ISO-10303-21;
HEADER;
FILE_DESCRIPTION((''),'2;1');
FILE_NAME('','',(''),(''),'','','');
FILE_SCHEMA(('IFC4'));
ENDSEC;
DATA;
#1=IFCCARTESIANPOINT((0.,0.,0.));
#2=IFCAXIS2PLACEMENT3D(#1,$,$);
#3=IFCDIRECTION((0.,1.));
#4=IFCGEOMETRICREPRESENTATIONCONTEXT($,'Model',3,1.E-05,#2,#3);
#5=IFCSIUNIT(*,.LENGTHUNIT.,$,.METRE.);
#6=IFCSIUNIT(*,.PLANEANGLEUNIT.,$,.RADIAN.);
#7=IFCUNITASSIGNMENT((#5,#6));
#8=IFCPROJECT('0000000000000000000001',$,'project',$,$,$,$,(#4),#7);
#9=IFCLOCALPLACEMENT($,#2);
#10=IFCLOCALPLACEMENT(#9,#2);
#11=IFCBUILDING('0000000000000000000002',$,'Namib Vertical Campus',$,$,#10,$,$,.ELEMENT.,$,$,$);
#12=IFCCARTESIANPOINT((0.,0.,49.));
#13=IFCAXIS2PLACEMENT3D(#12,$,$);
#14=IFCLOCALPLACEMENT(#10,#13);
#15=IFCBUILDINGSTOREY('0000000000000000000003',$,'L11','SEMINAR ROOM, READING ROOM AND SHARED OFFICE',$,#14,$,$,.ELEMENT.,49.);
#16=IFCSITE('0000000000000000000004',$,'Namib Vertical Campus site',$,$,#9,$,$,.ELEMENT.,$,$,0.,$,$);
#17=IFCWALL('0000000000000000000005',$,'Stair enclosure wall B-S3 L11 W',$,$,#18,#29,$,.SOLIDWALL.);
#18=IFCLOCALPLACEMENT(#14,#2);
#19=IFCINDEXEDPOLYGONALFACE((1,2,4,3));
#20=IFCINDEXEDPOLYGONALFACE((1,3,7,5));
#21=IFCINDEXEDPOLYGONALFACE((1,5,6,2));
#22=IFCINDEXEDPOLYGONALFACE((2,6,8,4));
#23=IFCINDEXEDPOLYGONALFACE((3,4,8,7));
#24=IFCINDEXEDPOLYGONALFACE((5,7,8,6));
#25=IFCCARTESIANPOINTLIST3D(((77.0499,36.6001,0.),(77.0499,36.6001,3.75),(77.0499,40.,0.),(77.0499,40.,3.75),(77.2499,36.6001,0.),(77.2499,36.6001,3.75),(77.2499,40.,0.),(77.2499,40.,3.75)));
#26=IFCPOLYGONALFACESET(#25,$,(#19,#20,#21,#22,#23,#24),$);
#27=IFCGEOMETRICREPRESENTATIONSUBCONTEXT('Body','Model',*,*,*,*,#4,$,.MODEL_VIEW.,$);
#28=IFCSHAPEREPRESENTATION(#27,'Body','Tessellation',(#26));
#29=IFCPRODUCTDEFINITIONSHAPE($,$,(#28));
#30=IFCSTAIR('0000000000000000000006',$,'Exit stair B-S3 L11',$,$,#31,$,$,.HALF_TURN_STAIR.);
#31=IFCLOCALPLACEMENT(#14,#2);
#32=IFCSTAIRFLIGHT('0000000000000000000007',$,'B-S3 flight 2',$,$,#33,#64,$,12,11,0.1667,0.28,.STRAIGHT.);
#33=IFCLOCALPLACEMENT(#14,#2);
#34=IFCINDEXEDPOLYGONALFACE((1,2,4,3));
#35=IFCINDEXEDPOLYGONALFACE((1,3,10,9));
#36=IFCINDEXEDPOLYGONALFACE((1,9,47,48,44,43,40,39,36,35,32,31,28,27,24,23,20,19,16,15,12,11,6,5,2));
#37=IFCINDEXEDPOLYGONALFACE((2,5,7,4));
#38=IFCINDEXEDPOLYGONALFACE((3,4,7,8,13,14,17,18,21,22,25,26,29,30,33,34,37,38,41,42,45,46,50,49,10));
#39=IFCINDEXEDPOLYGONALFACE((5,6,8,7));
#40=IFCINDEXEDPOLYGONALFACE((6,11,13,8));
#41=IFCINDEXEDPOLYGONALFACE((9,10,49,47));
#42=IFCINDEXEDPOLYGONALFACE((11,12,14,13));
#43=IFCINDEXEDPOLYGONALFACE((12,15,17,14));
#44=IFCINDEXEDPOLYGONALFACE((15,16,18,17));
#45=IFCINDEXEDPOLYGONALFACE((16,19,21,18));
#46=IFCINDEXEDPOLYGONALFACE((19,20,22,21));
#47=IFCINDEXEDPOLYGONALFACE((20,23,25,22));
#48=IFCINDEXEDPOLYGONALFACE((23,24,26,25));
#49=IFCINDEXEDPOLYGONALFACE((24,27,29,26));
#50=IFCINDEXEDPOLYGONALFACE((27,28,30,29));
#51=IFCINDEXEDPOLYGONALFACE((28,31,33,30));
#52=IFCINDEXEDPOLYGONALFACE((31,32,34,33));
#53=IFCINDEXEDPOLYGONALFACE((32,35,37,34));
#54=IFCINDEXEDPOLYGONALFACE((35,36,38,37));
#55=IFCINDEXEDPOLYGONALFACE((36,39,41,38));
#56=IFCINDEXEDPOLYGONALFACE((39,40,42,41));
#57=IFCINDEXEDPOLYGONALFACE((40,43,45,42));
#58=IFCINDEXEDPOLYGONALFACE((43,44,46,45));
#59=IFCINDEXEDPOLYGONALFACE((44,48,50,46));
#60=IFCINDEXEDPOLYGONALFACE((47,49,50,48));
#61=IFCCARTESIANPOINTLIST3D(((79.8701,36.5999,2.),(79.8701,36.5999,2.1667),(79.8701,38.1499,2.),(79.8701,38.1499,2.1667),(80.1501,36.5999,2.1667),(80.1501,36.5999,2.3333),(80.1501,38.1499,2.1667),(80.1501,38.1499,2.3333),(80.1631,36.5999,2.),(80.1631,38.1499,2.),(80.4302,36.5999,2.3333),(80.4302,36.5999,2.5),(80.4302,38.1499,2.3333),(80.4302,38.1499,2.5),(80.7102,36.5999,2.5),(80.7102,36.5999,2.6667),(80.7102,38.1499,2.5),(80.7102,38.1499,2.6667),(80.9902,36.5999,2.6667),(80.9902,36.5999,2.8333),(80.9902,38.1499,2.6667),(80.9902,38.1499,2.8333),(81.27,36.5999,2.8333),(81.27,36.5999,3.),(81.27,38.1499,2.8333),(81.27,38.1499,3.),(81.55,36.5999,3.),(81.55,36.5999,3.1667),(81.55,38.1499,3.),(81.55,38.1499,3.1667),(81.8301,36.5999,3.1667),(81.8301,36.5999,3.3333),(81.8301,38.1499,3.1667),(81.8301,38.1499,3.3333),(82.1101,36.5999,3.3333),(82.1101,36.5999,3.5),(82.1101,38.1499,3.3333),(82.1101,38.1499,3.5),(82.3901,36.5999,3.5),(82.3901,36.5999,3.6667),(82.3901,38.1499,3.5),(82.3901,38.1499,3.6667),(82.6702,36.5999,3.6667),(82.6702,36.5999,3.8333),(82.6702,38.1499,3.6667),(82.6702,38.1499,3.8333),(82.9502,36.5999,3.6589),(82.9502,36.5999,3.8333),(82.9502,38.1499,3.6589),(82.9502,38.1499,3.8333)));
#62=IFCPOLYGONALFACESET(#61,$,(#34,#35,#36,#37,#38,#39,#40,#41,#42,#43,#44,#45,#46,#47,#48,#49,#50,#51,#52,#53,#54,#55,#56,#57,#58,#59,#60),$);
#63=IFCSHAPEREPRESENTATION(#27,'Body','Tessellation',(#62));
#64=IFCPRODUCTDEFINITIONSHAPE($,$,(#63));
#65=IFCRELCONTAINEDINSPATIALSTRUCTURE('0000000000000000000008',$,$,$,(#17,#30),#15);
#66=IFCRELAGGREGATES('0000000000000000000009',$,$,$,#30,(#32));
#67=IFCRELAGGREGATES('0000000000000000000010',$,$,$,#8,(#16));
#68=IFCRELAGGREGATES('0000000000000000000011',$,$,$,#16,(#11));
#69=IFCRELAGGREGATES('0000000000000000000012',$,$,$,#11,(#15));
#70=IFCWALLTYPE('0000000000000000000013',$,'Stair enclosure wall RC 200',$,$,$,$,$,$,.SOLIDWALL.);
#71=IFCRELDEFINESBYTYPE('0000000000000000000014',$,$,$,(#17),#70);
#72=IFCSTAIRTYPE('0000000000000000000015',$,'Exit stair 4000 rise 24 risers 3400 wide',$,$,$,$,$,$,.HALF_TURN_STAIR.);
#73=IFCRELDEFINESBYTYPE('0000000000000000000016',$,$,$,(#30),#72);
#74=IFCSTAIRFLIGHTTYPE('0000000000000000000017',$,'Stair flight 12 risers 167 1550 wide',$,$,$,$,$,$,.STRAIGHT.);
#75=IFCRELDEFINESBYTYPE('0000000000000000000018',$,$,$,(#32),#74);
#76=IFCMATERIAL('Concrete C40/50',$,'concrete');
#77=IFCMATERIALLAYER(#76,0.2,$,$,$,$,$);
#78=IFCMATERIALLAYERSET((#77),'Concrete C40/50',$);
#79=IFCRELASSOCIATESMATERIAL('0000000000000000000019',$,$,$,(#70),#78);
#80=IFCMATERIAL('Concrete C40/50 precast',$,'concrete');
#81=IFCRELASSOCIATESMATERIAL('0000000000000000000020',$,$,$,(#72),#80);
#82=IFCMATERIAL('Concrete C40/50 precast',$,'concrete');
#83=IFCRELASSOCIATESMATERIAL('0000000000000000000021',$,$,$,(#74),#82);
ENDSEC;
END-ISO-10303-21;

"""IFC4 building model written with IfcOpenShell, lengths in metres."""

from ifc_helpers import new_model, si_unit, direction, frame, frame_2d, origin, place, context, subcontext, project, spatial, polyline, rectangle, outline, extrude, material, layer, layer_set, type_object, element, aggregate, save


model = new_model("IFC4")

# Units and contexts
model_context = context("Model", 3, precision=1e-05, world=origin(), true_north=direction((0.0, 1.0)))
body_context = subcontext(model_context, "Body", "Model", "MODEL_VIEW")
ifc_project = project(units=[si_unit("LENGTHUNIT", "METRE"), si_unit("PLANEANGLEUNIT", "RADIAN")], contexts=[model_context])

# Site, building, storey
site_placement = place(None, origin())
site = spatial("IfcSite", under=ifc_project, at=site_placement, Name="Namib Vertical Campus site", CompositionType="ELEMENT", RefElevation=0.0)
building_placement = place(site_placement, origin())
building = spatial("IfcBuilding", under=site, at=building_placement, Name="Namib Vertical Campus", CompositionType="ELEMENT")
storey_placement = place(building_placement, frame((0.0, 0.0, 49.0)))
storey = spatial("IfcBuildingStorey", under=building, at=storey_placement, Name="L11", Description="SEMINAR ROOM, READING ROOM AND SHARED OFFICE", CompositionType="ELEMENT", Elevation=49.0)

# Shared definitions
ifc_material_1 = material(Name="Concrete C40/50", Category="concrete")
ifc_layer_1 = layer(ifc_material_1, 0.2)
ifc_layer_set_1 = layer_set([ifc_layer_1], Name="Concrete C40/50")
wall_type_1 = type_object("IfcWallType", Name="Stair enclosure wall RC 200", PredefinedType="SOLIDWALL", material=ifc_layer_set_1)

# Wall
wall_1_placement = place(storey_placement, frame((77.1499, 36.6001, 0.0), z_axis=(0.0, 0.0, 1.0), x_axis=(0.0, 1.0, 0.0)))
element("IfcWall", 1, at=wall_1_placement, inside=storey, type_object=wall_type_1, Name="Stair enclosure wall B-S3 L11 W", PredefinedType="SOLIDWALL", context=body_context, shape_type="SweptSolid", body=[
    extrude(rectangle(XDim=3.3999, YDim=0.2, at=frame_2d((1.7, 0.0))), origin(), (0.0, 0.0, 1.0), 3.75),
])

# Stair, stair flight
ifc_material_2 = material(Name="Concrete C40/50 precast", Category="concrete")
stair_type = type_object("IfcStairType", Name="Exit stair 4000 rise 24 risers 3400 wide", PredefinedType="HALF_TURN_STAIR", material=ifc_material_2)
stair_placement = place(storey_placement, origin())
stair = element("IfcStair", 2, at=stair_placement, inside=storey, type_object=stair_type, Name="Exit stair B-S3 L11", PredefinedType="HALF_TURN_STAIR")
ifc_material_3 = material(Name="Concrete C40/50 precast", Category="concrete")
stair_flight_type = type_object("IfcStairFlightType", Name="Stair flight 12 risers 167 1550 wide", PredefinedType="STRAIGHT", material=ifc_material_3)
stair_flight_placement = place(storey_placement, frame((79.8701, 37.375, 2.0), z_axis=(0.0, 0.0, 1.0), x_axis=(1.0, 0.0, 0.0)))
stair_flight = element("IfcStairFlight", 3, at=stair_flight_placement, type_object=stair_flight_type, Name="B-S3 flight 2", NumberOfRisers=12, NumberOfTreads=11, PredefinedType="STRAIGHT", RiserHeight=0.1667, TreadLength=0.28, context=body_context, shape_type="SweptSolid", body=[
    extrude(outline(polyline([(0.0, 0.0), (0.0, 0.1667), (0.28, 0.1667), (0.28, 0.3333), (0.5601, 0.3333), (0.5601, 0.5), (0.8401, 0.5), (0.8401, 0.6667), (1.1201, 0.6667), (1.1201, 0.8333), (1.3999, 0.8333), (1.3999, 1.0), (1.6799, 1.0), (1.6799, 1.1667), (1.96, 1.1667), (1.96, 1.3333), (2.24, 1.3333), (2.24, 1.5), (2.52, 1.5), (2.52, 1.6667), (2.8, 1.6667), (2.8, 1.8333), (3.0801, 1.8333), (3.0801, 2.0), (3.0801, 1.6589), (0.293, 0.0), (0.0, 0.0)])), frame((0.0, 0.7749, 0.0), z_axis=(0.0, -1.0, 0.0), x_axis=(1.0, 0.0, 0.0)), (0.0, 0.0, 1.0), 1.55),
])
aggregate(stair, [stair_flight])

save(model, "model.ifc")
